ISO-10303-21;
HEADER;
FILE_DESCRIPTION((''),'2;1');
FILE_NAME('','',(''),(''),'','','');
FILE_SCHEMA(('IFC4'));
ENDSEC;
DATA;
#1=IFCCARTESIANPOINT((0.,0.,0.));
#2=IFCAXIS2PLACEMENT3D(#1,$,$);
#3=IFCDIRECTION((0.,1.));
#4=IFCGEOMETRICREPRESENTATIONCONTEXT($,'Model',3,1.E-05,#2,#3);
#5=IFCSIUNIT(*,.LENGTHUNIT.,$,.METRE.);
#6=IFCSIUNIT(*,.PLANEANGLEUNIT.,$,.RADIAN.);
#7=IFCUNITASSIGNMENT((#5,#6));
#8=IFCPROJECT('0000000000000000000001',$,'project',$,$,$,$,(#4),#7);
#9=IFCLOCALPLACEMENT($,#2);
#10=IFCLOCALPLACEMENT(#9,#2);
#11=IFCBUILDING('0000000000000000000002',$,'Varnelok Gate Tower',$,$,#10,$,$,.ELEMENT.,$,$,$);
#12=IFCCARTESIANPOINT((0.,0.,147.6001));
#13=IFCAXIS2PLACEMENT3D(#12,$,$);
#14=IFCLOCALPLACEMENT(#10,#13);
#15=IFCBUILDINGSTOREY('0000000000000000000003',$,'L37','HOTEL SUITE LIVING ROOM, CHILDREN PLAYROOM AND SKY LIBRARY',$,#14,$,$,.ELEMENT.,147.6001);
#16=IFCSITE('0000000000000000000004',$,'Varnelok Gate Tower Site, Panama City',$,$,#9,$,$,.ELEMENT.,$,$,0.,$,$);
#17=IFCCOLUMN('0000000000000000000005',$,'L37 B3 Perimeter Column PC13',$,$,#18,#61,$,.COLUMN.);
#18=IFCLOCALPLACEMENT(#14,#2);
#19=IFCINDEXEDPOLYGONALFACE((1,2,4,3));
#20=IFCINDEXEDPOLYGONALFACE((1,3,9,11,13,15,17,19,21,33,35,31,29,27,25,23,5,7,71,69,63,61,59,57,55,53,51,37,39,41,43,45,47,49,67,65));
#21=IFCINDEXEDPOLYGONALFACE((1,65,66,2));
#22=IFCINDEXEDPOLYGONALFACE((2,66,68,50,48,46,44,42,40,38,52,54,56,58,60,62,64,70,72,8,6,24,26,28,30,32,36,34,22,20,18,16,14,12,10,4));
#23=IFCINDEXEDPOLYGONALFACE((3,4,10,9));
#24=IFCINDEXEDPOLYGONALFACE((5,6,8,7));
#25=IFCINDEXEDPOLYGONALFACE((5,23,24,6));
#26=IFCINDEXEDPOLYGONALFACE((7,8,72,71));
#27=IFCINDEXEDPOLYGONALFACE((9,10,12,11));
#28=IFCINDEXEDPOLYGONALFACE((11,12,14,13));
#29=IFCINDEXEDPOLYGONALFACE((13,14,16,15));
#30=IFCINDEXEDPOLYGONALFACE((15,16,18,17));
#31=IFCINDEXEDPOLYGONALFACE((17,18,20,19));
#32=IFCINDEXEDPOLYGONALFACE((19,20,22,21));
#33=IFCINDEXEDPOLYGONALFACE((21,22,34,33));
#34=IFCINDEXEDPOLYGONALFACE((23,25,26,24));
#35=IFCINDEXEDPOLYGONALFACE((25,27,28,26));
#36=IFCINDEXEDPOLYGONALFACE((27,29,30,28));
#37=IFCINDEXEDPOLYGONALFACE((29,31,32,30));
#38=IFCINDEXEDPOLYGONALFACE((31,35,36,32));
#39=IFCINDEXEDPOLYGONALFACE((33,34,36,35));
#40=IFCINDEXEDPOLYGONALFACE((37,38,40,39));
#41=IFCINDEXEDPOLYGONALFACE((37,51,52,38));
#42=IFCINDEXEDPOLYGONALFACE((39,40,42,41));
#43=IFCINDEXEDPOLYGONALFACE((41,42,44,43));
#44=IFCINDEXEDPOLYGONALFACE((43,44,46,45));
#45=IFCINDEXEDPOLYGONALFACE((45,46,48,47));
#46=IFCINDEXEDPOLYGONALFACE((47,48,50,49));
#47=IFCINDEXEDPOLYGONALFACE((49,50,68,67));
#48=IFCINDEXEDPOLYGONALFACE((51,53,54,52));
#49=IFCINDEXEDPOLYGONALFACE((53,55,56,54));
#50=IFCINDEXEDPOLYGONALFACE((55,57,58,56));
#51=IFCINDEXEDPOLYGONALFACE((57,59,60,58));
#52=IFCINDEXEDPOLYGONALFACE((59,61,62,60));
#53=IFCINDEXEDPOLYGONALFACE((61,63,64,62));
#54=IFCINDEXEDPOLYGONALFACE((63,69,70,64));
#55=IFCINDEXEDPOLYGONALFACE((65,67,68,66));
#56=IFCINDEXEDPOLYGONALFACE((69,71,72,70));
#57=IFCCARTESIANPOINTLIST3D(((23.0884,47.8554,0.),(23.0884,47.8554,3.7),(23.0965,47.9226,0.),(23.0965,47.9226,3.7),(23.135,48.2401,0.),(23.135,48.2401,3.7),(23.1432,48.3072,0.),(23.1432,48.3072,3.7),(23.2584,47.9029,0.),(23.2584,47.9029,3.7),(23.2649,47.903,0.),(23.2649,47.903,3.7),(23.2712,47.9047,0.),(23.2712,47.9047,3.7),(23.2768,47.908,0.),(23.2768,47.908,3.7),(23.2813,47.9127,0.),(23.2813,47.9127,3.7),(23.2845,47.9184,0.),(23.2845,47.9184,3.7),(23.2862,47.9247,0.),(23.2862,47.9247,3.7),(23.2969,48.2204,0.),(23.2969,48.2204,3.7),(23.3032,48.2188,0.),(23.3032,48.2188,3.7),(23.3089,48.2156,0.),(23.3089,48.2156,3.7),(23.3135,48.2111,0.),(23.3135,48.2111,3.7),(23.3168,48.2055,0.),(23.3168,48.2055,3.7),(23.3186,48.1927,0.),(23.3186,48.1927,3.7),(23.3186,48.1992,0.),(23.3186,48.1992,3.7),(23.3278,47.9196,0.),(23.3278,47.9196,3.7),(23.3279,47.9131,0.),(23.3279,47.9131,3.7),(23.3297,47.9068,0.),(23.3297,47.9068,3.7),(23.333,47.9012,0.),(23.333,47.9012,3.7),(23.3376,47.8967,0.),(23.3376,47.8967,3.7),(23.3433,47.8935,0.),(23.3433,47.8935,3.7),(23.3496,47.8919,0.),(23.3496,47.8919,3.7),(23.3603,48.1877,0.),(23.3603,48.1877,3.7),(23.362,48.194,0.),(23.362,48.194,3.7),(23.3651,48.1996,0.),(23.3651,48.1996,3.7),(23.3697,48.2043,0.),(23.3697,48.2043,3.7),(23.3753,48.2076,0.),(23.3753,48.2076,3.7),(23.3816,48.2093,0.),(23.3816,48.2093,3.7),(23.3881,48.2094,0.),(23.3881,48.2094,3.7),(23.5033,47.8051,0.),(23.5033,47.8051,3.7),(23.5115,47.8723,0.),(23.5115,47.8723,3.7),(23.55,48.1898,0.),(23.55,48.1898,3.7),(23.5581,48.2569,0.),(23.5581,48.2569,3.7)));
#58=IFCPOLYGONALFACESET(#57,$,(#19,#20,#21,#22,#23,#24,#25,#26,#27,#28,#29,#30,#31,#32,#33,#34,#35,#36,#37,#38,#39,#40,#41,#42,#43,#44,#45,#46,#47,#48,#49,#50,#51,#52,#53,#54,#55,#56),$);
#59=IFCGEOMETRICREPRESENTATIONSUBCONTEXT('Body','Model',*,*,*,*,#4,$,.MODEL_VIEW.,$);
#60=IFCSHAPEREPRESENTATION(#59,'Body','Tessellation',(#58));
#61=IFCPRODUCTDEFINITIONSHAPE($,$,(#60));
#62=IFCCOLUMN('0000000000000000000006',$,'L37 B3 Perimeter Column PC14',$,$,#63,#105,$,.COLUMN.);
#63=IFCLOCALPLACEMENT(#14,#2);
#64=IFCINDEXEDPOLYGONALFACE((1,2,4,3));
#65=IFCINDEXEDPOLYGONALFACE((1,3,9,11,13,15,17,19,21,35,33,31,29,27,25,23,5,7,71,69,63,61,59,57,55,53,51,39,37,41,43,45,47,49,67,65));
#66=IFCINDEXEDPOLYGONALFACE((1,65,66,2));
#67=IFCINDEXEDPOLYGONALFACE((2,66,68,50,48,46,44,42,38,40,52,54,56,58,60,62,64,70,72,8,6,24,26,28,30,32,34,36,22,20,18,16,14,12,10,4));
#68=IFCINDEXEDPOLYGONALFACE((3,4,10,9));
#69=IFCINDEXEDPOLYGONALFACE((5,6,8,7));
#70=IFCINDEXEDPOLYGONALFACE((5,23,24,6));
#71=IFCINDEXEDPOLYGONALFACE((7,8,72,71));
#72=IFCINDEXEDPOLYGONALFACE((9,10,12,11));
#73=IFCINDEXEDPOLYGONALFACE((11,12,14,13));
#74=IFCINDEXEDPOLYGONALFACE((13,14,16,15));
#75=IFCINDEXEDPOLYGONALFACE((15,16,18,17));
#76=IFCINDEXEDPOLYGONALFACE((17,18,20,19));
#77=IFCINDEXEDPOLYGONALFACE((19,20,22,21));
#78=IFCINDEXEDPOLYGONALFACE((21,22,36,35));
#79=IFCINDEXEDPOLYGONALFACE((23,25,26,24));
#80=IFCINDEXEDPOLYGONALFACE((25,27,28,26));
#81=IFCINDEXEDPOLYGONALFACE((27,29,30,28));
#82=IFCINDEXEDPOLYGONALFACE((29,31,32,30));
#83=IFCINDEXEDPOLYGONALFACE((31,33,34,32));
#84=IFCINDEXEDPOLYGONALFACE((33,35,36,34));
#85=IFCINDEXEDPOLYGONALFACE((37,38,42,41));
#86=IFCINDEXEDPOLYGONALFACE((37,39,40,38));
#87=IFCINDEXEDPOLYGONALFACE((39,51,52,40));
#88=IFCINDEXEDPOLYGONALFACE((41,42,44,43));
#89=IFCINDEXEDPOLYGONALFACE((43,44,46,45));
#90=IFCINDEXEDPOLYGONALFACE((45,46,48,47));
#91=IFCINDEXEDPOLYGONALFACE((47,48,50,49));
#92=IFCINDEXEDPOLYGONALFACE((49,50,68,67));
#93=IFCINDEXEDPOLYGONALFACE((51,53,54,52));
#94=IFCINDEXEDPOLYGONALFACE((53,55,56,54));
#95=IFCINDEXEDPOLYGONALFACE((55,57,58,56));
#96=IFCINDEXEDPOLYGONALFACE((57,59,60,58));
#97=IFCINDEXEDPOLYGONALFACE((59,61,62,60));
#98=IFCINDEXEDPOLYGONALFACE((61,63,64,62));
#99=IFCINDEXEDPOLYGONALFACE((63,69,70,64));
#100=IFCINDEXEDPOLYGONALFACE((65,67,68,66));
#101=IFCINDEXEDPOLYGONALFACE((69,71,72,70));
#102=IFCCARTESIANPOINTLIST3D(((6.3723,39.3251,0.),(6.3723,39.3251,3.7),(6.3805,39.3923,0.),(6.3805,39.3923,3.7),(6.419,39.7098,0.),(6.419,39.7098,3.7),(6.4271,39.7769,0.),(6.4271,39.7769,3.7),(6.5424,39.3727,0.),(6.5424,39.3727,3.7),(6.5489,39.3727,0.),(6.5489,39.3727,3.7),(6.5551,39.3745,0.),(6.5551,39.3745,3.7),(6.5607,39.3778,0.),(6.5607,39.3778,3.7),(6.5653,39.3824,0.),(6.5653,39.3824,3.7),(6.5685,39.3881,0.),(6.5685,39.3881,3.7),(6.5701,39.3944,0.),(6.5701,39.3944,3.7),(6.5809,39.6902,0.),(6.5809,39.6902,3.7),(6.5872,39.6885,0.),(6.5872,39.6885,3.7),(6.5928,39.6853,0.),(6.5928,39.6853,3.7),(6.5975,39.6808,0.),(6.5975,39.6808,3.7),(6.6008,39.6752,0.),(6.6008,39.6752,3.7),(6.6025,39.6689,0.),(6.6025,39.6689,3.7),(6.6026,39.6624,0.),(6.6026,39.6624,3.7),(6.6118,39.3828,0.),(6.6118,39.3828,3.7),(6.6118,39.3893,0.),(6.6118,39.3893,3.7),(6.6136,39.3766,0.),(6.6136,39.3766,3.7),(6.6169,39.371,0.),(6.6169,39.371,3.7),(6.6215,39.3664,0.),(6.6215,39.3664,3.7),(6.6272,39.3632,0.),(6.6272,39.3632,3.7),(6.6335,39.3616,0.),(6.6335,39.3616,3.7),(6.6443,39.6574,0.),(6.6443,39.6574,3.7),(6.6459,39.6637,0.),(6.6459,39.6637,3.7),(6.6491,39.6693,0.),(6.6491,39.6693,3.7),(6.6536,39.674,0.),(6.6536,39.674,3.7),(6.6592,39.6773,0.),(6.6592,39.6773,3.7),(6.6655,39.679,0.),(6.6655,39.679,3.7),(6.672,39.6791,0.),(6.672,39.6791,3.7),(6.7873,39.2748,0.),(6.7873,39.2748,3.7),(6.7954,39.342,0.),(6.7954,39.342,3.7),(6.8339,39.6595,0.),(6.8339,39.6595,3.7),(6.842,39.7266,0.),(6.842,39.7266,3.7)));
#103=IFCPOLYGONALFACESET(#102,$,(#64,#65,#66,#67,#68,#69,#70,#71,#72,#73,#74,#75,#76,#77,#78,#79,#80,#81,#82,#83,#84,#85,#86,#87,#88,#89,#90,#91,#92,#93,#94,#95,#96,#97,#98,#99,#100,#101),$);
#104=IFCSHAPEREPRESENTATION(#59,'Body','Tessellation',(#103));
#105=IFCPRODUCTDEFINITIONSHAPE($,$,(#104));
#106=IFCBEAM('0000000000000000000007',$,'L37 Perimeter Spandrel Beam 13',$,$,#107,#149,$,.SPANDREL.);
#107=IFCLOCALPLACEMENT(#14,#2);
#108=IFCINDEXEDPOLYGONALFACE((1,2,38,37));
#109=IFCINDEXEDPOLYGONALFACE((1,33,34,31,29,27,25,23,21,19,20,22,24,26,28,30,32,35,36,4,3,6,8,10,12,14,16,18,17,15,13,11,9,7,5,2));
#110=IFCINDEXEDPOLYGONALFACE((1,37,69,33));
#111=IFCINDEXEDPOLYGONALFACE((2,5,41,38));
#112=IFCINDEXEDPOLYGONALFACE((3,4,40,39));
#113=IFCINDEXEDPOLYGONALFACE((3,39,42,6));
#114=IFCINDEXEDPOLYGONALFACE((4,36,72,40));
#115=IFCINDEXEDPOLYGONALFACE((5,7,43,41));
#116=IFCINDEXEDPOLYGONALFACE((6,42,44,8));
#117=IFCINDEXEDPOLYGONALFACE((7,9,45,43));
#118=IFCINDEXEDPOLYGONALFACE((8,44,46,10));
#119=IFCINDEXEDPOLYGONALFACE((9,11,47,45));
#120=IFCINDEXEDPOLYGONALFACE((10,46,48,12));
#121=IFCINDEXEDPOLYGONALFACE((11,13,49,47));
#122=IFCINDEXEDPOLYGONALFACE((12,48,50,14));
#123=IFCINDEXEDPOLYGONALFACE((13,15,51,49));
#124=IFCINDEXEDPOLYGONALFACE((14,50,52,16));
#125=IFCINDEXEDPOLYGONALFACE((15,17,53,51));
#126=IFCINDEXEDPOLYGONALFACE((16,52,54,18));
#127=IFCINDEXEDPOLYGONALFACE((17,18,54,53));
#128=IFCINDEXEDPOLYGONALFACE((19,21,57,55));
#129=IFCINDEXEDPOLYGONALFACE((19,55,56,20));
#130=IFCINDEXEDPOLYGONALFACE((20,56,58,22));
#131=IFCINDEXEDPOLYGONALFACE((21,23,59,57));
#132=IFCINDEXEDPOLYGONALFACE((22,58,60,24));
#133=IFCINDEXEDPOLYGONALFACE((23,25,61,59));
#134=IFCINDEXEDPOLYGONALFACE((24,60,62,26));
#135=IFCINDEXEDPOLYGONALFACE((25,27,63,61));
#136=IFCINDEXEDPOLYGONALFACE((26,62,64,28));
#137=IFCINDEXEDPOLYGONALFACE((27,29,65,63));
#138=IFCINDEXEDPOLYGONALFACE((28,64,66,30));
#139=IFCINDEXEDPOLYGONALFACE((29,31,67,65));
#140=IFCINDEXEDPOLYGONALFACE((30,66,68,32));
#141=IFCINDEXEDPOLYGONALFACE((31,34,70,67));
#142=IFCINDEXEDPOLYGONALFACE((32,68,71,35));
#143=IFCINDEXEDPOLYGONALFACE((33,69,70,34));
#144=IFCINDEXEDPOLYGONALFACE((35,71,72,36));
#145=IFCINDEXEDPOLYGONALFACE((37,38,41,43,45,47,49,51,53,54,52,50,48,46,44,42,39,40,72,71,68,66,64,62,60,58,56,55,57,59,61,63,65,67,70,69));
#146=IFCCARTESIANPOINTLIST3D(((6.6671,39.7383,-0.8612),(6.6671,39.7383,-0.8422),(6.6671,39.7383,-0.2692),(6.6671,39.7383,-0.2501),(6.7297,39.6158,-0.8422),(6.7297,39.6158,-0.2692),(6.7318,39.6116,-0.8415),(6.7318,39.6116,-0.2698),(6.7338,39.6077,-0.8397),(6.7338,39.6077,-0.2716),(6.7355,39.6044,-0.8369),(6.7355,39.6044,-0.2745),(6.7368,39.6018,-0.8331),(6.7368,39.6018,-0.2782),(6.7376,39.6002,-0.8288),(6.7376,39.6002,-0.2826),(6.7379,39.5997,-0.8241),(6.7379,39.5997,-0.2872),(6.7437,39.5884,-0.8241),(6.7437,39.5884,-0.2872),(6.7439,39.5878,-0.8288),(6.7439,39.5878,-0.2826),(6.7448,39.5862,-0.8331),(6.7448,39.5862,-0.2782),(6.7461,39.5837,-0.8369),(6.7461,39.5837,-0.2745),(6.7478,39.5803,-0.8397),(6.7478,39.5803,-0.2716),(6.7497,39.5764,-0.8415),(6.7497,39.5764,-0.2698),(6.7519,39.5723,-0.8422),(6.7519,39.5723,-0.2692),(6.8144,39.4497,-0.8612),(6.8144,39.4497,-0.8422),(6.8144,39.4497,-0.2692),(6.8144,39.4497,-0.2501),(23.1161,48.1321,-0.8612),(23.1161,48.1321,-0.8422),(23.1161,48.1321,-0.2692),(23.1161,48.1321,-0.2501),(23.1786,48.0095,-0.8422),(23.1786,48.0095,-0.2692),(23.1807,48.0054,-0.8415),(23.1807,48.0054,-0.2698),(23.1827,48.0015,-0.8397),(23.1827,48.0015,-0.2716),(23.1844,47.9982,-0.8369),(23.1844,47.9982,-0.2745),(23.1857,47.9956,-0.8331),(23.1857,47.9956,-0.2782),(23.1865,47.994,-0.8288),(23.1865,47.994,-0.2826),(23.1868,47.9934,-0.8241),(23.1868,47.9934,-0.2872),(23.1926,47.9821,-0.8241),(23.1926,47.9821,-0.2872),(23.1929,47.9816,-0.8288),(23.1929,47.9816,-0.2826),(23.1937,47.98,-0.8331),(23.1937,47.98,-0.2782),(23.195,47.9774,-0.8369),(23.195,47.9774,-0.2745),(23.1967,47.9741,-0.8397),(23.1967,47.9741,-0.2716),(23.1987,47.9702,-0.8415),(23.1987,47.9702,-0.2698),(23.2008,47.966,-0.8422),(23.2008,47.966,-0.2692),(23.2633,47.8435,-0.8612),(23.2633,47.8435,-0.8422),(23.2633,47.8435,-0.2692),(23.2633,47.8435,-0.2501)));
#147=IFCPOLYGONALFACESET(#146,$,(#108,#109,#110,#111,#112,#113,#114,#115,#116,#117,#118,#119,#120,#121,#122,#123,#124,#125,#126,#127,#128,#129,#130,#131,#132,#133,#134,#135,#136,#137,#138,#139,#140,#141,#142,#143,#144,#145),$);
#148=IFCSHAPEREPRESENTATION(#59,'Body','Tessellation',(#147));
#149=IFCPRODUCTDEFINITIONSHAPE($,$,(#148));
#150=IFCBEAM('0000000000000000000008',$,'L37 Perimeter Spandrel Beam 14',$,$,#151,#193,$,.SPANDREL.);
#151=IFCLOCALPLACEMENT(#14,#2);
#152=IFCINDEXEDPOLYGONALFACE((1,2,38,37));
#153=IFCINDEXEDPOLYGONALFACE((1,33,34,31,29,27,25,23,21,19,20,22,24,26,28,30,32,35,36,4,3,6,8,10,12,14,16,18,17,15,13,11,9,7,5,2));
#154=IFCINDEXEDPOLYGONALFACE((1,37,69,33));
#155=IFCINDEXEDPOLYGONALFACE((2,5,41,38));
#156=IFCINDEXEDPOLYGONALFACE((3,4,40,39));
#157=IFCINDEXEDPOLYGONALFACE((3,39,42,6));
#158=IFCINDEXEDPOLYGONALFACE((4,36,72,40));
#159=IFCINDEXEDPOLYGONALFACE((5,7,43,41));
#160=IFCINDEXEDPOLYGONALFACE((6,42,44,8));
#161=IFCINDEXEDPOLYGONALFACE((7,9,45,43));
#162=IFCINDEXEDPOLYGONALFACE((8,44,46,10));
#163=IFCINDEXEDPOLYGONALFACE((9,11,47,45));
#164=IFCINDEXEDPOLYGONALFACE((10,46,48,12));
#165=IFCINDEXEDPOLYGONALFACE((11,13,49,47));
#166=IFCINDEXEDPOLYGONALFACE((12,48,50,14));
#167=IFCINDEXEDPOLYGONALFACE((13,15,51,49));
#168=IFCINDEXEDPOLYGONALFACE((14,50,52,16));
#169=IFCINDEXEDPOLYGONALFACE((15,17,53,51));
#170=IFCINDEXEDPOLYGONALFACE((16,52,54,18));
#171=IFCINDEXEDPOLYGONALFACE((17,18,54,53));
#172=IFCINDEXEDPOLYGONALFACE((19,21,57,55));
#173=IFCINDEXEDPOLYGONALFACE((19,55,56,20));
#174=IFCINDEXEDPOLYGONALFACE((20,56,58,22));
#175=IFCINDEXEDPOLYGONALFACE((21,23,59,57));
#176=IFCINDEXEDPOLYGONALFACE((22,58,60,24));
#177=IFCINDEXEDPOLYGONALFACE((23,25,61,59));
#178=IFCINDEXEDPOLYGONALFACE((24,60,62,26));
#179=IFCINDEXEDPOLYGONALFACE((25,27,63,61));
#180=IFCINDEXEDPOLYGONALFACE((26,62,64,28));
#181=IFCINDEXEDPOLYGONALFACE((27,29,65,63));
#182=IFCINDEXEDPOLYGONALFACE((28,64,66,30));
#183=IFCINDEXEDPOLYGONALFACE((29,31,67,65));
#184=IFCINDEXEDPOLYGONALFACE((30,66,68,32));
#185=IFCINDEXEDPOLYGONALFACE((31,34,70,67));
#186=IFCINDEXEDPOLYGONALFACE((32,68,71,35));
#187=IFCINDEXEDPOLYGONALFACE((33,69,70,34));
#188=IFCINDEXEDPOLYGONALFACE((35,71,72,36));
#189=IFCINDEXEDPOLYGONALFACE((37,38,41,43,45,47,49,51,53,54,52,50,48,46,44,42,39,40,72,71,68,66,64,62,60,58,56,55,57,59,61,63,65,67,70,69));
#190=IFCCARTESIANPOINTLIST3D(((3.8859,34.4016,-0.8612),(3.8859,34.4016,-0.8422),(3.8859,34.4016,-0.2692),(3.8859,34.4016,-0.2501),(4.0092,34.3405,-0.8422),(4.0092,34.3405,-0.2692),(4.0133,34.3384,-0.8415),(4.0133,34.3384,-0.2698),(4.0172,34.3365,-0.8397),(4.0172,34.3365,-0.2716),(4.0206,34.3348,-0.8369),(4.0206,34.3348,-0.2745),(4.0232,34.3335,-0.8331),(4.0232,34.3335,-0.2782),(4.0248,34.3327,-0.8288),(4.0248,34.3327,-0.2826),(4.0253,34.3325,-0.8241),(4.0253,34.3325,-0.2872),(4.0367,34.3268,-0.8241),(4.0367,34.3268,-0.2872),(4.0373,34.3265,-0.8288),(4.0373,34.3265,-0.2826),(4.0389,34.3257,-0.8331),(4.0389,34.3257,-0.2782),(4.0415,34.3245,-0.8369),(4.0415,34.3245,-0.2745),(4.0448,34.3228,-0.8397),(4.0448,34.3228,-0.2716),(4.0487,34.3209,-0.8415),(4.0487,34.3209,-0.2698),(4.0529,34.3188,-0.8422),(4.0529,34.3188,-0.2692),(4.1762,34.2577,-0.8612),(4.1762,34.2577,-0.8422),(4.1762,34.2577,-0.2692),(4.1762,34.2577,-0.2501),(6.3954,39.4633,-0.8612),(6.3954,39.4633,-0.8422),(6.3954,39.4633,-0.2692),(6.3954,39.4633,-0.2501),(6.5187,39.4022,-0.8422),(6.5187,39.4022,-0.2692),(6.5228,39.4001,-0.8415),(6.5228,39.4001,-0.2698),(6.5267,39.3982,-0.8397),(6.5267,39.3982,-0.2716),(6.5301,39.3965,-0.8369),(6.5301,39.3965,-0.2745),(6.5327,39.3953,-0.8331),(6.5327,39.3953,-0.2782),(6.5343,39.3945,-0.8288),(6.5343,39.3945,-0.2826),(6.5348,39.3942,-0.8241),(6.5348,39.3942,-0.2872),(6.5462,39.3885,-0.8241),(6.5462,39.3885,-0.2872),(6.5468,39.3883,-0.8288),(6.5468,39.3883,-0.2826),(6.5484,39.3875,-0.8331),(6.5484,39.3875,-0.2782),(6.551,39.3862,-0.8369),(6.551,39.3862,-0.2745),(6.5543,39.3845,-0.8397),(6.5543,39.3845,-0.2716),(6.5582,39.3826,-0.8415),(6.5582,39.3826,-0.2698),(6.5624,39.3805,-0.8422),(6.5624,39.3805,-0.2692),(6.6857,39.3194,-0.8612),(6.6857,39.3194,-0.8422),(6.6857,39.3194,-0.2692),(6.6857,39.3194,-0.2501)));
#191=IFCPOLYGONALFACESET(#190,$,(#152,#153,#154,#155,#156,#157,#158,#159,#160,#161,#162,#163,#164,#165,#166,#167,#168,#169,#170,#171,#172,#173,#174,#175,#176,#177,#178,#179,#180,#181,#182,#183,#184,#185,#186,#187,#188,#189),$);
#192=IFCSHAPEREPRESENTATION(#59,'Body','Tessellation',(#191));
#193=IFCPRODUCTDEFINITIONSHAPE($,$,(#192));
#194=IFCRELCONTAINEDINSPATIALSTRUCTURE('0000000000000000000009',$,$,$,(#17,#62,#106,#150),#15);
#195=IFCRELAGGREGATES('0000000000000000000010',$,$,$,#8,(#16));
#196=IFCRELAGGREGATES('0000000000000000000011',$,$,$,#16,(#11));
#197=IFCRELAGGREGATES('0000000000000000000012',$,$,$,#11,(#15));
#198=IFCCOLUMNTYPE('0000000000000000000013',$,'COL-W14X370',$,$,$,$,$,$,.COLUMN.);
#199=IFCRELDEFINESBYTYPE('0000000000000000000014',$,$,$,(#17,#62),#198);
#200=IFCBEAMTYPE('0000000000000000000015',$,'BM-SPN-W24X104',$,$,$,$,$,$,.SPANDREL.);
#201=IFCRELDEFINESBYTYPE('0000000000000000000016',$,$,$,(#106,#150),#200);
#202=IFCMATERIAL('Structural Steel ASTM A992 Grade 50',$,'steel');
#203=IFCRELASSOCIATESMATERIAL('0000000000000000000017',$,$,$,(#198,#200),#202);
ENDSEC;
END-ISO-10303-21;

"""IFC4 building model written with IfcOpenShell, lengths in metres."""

from ifc_helpers import new_model, si_unit, direction, frame, origin, origin_2d, place, context, subcontext, project, spatial, i_section, extrude, material, material_profile, profile_set, type_object, element, save


model = new_model("IFC4")

# Units and contexts
model_context = context("Model", 3, precision=1e-05, world=origin(), true_north=direction((0.0, 1.0)))
body_context = subcontext(model_context, "Body", "Model", "MODEL_VIEW")
ifc_project = project(units=[si_unit("LENGTHUNIT", "METRE"), si_unit("PLANEANGLEUNIT", "RADIAN")], contexts=[model_context])

# Site, building, storey
site_placement = place(None, origin())
site = spatial("IfcSite", under=ifc_project, at=site_placement, Name="Varnelok Gate Tower Site, Panama City", CompositionType="ELEMENT", RefElevation=0.0)
building_placement = place(site_placement, origin())
building = spatial("IfcBuilding", under=site, at=building_placement, Name="Varnelok Gate Tower", CompositionType="ELEMENT")
storey_placement = place(building_placement, frame((0.0, 0.0, 147.6001)))
storey = spatial("IfcBuildingStorey", under=building, at=storey_placement, Name="L37", Description="HOTEL SUITE LIVING ROOM, CHILDREN PLAYROOM AND SKY LIBRARY", CompositionType="ELEMENT", Elevation=147.6001)

# Columns
ifc_material_1 = material(Name="Structural Steel ASTM A992 Grade 50", Category="steel")
ifc_material_profile_1 = material_profile(ifc_material_1, i_section(OverallWidth=0.418, OverallDepth=0.4551, WebThickness=0.042, FlangeThickness=0.0676, FilletRadius=0.0249, at=origin_2d()), Name="W14X370")
ifc_profile_set_1 = profile_set([ifc_material_profile_1], Name="Structural Steel ASTM A992 Grade 50")
column_type = type_object("IfcColumnType", Name="COL-W14X370", PredefinedType="COLUMN", material=ifc_profile_set_1)
for number, where, z_axis, x_axis, name in (
    (1, (23.3232, 48.0562, 0.0), (0.0, 0.0, 1.0), (0.992732, -0.120345, 0.0), "L37 B3 Perimeter Column PC13"),
    (2, (6.6072, 39.5259, 0.0), (0.0, 0.0, 1.0), (0.992732, -0.120345, 0.0), "L37 B3 Perimeter Column PC14"),
):
    element("IfcColumn", number, at=place(storey_placement, frame(where, z_axis=z_axis, x_axis=x_axis)), inside=storey, type_object=column_type, Name=name, PredefinedType="COLUMN", context=body_context, shape_type="SweptSolid", body=[
        extrude(i_section(OverallWidth=0.418, OverallDepth=0.4551, WebThickness=0.042, FlangeThickness=0.0676, FilletRadius=0.0249, at=origin_2d()), origin(), (0.0, 0.0, 1.0), 3.7),
    ])

# Beams
ifc_material_profile_2 = material_profile(ifc_material_1, i_section(OverallWidth=0.324, OverallDepth=0.6111, WebThickness=0.0127, FlangeThickness=0.019, FilletRadius=0.0181, at=origin_2d()), Name="W24X104")
ifc_profile_set_2 = profile_set([ifc_material_profile_2], Name="Structural Steel ASTM A992 Grade 50")
beam_type = type_object("IfcBeamType", Name="BM-SPN-W24X104", PredefinedType="SPANDREL", material=ifc_profile_set_2)
beam_1_placement = place(storey_placement, frame((23.1897, 47.9878, -0.5557), z_axis=(-0.89073, -0.454533, 0.0), x_axis=(0.454533, -0.89073, 0.0)))
element("IfcBeam", 3, at=beam_1_placement, inside=storey, type_object=beam_type, Name="L37 Perimeter Spandrel Beam 13", PredefinedType="SPANDREL", context=body_context, shape_type="SweptSolid", body=[
    extrude(i_section(OverallWidth=0.324, OverallDepth=0.6111, WebThickness=0.0127, FlangeThickness=0.019, FilletRadius=0.0181, at=origin_2d()), origin(), (0.0, 0.0, 1.0), 18.4668),
])
beam_2_placement = place(storey_placement, frame((6.5405, 39.3914, -0.5557), z_axis=(-0.444186, -0.895935, 0.0), x_axis=(0.895935, -0.444186, 0.0)))
element("IfcBeam", 4, at=beam_2_placement, inside=storey, type_object=beam_type, Name="L37 Perimeter Spandrel Beam 14", PredefinedType="SPANDREL", context=body_context, shape_type="SweptSolid", body=[
    extrude(i_section(OverallWidth=0.324, OverallDepth=0.6111, WebThickness=0.0127, FlangeThickness=0.019, FilletRadius=0.0181, at=origin_2d()), origin(), (0.0, 0.0, 1.0), 5.6497),
])

save(model, "model.ifc")
